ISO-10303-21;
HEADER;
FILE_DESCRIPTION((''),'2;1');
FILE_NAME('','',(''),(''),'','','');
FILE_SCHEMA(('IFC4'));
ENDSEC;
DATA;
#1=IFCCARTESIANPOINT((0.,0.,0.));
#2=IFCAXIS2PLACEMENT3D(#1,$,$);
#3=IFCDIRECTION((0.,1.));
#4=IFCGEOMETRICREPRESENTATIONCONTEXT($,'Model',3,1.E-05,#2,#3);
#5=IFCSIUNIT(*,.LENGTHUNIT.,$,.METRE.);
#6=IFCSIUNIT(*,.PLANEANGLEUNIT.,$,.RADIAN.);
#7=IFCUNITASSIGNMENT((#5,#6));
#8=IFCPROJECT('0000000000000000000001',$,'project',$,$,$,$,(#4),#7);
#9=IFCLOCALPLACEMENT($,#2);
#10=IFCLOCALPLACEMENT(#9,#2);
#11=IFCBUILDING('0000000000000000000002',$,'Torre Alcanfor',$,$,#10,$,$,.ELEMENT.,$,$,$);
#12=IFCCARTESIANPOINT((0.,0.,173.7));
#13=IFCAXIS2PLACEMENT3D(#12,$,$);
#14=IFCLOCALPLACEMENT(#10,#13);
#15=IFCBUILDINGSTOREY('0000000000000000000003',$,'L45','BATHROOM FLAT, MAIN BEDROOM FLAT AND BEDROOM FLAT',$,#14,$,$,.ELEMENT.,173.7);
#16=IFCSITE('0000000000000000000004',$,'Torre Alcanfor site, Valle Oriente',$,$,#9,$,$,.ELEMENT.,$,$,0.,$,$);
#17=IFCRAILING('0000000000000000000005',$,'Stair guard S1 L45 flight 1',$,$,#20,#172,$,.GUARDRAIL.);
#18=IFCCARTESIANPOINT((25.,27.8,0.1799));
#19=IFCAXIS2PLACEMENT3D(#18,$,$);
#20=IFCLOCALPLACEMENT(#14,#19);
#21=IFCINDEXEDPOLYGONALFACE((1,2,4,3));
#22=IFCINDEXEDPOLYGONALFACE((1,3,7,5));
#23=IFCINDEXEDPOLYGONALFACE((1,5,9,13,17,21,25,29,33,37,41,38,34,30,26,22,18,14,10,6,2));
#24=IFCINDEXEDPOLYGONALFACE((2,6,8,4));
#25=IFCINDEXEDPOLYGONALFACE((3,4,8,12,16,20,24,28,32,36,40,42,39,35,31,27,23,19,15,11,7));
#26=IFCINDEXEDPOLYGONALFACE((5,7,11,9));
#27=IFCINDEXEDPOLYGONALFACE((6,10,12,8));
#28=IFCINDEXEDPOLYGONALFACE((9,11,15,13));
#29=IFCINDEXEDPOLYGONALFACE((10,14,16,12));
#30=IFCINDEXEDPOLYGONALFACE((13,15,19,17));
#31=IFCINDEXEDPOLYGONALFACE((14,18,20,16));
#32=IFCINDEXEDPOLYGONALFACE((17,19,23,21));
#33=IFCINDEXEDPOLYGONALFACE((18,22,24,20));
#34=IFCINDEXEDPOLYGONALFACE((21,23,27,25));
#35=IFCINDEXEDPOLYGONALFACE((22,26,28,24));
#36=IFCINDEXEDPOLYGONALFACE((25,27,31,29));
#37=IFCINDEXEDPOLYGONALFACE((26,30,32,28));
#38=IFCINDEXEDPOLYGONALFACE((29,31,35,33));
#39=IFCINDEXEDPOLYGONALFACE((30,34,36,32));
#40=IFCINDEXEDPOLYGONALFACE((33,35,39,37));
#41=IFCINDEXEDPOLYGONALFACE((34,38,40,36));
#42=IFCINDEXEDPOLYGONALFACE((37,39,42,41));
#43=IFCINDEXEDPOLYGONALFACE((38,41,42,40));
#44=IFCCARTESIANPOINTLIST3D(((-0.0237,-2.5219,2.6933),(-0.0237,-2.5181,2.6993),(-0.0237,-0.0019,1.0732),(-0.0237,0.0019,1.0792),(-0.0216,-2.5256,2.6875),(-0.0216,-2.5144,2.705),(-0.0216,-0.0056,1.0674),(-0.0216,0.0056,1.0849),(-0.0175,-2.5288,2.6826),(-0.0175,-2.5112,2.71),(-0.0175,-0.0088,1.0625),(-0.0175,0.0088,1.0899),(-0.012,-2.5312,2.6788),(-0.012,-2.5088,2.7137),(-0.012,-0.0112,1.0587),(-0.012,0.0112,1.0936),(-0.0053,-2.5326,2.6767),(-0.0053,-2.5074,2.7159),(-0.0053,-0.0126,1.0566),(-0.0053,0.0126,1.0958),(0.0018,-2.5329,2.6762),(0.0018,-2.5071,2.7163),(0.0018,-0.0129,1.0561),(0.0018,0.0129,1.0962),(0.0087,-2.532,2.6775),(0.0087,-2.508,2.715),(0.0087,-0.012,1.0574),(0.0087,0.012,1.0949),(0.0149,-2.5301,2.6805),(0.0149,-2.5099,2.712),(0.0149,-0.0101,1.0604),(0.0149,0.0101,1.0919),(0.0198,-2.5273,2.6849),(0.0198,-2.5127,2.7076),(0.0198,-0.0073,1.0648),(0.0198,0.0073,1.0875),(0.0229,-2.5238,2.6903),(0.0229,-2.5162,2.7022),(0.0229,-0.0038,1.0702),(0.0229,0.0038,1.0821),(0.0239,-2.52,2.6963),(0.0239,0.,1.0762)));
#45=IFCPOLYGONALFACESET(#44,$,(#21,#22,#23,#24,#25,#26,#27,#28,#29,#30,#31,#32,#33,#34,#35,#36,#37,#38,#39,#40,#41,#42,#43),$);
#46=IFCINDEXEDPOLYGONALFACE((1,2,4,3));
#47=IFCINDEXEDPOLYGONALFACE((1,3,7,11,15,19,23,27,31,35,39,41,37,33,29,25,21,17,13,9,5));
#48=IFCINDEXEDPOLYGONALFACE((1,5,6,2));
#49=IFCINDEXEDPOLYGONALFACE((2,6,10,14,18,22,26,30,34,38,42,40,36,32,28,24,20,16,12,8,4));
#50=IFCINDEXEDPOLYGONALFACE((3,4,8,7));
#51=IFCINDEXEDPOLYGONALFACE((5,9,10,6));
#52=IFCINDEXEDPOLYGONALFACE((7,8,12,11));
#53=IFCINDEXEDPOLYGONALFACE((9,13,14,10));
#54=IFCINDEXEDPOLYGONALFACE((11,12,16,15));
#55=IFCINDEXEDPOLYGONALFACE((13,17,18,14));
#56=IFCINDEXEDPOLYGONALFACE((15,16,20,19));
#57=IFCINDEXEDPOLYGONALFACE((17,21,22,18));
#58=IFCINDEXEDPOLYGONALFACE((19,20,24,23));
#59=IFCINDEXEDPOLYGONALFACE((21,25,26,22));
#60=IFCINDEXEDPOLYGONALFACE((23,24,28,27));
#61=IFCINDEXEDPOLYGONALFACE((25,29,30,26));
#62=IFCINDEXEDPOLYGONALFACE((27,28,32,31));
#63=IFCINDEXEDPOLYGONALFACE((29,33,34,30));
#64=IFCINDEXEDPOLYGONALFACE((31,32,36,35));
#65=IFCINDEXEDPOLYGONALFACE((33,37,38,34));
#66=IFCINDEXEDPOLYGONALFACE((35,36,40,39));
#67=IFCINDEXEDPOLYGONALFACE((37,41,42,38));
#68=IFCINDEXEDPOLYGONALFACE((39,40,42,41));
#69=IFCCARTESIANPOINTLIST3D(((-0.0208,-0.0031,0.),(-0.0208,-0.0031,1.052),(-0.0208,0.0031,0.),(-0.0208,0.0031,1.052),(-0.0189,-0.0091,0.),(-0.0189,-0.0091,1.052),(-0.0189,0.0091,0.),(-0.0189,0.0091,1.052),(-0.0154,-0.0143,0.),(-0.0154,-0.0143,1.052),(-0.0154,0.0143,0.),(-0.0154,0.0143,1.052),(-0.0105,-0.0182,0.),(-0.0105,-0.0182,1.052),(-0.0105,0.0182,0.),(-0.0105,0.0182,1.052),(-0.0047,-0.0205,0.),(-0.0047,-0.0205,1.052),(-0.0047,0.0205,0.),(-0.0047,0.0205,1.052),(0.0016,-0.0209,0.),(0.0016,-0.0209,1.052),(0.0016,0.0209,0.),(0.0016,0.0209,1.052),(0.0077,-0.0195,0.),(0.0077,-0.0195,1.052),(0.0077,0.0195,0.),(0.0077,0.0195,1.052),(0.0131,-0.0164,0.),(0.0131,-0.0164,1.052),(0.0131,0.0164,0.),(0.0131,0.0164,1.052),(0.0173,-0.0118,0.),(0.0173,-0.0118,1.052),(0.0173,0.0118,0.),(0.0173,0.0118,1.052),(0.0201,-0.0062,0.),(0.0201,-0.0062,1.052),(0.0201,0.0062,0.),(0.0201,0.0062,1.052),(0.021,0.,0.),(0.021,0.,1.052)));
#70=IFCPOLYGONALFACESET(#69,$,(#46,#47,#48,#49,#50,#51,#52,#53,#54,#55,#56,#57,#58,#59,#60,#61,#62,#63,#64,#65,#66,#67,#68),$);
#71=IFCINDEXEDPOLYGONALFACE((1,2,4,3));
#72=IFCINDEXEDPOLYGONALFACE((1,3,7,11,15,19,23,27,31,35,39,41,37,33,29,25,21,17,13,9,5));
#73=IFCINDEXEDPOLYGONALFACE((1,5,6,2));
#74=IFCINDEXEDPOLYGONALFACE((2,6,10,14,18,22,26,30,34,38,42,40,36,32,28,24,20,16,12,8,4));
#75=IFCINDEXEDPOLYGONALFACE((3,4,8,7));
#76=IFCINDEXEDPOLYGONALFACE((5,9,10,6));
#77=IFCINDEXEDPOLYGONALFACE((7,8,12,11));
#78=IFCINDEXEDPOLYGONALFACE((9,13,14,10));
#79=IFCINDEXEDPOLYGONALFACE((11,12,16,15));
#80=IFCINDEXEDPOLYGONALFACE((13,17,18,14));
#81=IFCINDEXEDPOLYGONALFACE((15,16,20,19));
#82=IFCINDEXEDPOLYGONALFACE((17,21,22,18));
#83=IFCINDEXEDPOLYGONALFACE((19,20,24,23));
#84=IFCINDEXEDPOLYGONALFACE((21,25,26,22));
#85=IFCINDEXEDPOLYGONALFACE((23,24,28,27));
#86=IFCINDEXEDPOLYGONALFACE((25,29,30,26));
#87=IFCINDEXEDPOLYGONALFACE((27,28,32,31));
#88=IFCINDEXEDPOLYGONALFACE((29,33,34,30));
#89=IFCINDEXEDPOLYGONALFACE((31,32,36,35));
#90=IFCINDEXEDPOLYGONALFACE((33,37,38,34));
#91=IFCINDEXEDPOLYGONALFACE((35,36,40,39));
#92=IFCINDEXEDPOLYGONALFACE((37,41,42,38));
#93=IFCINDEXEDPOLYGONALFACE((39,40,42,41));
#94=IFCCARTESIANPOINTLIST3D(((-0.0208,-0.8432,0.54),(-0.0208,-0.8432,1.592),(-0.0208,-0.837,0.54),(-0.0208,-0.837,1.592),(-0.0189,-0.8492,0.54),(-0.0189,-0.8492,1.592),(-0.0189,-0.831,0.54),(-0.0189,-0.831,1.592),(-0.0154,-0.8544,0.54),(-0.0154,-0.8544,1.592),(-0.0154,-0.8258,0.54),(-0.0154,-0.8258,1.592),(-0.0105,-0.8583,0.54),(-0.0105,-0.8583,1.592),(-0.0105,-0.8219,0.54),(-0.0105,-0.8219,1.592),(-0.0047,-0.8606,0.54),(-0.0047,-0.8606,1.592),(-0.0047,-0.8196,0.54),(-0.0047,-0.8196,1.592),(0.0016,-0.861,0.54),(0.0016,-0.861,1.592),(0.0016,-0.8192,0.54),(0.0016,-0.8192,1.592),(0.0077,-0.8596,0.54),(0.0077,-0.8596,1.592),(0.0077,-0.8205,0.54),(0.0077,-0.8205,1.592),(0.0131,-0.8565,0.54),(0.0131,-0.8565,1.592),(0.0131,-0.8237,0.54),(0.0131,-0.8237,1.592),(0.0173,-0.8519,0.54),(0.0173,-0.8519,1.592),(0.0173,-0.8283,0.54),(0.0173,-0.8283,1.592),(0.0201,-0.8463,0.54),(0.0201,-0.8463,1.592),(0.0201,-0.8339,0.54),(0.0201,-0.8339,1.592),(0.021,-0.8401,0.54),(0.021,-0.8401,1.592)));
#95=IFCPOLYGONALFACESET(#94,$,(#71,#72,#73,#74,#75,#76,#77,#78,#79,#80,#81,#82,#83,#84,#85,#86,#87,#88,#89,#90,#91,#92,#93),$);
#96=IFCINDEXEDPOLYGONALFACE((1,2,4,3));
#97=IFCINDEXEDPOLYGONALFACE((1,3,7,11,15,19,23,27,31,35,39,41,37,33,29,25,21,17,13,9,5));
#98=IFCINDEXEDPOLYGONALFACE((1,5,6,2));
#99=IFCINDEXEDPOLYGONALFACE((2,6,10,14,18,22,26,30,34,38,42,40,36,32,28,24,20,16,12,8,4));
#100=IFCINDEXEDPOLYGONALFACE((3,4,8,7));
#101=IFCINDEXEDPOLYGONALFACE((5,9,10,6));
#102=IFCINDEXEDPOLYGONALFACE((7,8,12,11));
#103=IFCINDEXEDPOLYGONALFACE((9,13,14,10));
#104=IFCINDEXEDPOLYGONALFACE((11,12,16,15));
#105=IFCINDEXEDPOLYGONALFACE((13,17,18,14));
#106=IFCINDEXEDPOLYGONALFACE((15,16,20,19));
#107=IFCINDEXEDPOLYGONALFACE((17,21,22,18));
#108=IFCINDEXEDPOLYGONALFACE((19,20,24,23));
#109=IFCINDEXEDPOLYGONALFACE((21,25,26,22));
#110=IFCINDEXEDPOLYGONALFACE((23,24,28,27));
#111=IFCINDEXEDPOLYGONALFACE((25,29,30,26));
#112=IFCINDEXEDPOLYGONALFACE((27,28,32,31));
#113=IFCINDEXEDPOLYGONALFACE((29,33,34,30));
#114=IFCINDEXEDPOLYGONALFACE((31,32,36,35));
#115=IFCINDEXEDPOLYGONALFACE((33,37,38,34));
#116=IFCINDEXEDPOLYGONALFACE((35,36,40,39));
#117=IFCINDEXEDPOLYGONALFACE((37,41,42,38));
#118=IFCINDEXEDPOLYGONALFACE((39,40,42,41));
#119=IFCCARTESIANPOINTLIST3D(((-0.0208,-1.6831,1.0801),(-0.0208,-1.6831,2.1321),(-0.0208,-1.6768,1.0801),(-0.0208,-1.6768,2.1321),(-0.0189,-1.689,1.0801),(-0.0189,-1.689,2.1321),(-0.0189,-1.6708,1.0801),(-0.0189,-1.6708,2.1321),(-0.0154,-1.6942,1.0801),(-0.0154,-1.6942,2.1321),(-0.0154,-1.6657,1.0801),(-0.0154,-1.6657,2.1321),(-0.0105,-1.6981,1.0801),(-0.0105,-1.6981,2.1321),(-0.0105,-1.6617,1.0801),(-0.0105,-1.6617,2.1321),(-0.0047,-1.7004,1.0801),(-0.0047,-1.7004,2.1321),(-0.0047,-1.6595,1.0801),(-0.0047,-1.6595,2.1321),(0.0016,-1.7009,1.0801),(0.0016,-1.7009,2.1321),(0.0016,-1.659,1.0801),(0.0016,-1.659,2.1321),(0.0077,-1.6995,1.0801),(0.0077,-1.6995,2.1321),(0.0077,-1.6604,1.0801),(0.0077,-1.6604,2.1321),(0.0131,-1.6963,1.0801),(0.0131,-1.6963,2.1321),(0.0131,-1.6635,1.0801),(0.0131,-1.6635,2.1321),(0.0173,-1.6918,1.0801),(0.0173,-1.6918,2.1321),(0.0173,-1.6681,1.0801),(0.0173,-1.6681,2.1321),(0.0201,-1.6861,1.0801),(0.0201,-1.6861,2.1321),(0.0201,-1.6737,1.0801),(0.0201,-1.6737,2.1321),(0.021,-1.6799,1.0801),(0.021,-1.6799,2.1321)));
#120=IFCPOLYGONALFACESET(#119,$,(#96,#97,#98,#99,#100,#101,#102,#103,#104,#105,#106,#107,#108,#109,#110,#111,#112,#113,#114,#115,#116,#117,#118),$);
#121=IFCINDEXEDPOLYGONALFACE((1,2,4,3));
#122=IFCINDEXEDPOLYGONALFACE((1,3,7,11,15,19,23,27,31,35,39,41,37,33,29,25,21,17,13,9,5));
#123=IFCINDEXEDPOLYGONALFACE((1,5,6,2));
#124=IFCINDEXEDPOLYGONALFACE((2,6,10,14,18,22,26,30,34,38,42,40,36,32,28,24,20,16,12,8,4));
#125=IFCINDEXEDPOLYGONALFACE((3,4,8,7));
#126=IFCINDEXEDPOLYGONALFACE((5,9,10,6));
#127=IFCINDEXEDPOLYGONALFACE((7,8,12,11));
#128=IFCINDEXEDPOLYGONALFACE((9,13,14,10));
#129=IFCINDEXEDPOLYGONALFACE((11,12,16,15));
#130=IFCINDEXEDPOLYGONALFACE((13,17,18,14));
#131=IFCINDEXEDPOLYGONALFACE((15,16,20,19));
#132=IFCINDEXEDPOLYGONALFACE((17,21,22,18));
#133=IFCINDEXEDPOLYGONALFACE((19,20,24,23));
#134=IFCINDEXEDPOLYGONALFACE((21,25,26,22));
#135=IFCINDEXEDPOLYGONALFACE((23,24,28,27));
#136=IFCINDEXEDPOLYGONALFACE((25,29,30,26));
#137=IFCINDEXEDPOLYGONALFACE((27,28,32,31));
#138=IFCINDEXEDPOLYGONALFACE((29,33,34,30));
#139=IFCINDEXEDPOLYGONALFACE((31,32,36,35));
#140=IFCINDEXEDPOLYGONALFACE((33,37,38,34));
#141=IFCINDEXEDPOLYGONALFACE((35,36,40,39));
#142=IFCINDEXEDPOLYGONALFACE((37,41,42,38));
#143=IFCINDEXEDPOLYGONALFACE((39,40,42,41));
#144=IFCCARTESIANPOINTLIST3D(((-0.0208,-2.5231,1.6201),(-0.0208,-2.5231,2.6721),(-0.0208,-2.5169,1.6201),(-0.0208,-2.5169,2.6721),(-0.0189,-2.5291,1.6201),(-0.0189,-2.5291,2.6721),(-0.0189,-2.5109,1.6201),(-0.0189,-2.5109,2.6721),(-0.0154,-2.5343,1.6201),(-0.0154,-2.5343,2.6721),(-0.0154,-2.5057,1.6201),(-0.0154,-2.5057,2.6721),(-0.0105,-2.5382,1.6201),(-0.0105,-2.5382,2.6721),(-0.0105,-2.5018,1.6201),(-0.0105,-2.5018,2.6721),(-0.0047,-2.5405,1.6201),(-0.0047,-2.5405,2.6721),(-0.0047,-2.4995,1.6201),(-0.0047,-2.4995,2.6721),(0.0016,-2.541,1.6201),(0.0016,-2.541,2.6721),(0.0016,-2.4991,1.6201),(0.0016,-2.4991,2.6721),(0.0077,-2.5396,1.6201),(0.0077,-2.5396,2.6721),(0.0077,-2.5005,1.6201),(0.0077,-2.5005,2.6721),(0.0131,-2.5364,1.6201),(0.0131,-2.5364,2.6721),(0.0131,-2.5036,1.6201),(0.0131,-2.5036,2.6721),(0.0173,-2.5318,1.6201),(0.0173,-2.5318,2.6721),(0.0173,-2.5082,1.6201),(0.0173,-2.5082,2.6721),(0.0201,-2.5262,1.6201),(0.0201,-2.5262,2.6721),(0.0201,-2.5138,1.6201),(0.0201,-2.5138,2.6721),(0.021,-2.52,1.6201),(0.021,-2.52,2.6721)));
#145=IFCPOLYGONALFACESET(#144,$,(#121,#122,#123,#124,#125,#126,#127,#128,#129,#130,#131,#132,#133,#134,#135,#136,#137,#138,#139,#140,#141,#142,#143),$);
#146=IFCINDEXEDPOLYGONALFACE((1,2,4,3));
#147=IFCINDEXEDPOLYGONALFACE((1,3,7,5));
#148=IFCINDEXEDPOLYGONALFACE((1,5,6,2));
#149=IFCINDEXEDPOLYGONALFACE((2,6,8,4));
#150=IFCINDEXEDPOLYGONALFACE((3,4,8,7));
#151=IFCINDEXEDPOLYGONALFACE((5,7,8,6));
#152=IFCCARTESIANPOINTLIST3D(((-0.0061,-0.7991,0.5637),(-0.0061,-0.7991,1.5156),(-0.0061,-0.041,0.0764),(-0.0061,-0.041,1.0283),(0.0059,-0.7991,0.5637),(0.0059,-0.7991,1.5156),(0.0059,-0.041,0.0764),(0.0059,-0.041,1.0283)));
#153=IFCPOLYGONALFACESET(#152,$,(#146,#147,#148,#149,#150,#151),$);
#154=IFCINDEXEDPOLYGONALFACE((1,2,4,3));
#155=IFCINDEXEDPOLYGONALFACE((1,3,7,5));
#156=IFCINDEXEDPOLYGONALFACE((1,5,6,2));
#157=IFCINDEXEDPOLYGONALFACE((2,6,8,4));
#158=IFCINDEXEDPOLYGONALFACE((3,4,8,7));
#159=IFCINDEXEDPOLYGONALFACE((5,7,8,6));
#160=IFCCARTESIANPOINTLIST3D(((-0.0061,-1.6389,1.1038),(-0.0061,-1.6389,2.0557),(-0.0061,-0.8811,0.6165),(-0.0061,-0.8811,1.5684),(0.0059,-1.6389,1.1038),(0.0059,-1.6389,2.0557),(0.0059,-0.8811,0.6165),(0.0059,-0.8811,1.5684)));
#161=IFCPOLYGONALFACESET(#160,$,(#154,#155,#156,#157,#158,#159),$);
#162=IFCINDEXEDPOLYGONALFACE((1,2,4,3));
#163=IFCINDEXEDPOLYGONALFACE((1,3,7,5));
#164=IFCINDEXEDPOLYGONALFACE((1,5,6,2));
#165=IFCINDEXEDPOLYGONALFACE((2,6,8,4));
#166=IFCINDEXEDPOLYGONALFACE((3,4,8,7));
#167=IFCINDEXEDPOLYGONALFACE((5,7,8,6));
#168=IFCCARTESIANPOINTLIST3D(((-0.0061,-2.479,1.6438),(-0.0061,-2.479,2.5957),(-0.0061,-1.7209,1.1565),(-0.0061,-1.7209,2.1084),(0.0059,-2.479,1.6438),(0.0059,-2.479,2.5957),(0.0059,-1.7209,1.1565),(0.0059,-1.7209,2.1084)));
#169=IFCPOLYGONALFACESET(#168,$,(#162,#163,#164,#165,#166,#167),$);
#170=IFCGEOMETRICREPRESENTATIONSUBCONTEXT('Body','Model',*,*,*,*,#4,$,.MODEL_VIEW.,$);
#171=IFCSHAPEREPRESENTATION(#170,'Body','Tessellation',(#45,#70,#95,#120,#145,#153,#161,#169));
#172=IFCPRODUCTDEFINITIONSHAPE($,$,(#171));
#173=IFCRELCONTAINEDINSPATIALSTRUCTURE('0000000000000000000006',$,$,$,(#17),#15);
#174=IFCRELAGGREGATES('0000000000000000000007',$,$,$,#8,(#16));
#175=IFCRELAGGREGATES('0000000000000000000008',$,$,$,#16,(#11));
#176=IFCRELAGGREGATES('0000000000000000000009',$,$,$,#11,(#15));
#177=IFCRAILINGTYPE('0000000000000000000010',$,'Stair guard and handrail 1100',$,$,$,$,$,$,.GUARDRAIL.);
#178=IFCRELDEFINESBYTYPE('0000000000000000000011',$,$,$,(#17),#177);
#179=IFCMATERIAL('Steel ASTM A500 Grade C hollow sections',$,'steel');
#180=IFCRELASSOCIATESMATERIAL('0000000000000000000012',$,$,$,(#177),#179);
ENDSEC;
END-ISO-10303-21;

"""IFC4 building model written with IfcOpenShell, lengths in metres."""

from ifc_helpers import new_model, si_unit, direction, frame, origin, origin_2d, place, context, subcontext, project, spatial, polyline, circle, outline, extrude, material, type_object, element, save


model = new_model("IFC4")

# Units and contexts
model_context = context("Model", 3, precision=1e-05, world=origin(), true_north=direction((0.0, 1.0)))
body_context = subcontext(model_context, "Body", "Model", "MODEL_VIEW")
ifc_project = project(units=[si_unit("LENGTHUNIT", "METRE"), si_unit("PLANEANGLEUNIT", "RADIAN")], contexts=[model_context])

# Site, building, storey
site_placement = place(None, origin())
site = spatial("IfcSite", under=ifc_project, at=site_placement, Name="Torre Alcanfor site, Valle Oriente", CompositionType="ELEMENT", RefElevation=0.0)
building_placement = place(site_placement, origin())
building = spatial("IfcBuilding", under=site, at=building_placement, Name="Torre Alcanfor", CompositionType="ELEMENT")
storey_placement = place(building_placement, frame((0.0, 0.0, 173.7)))
storey = spatial("IfcBuildingStorey", under=building, at=storey_placement, Name="L45", Description="BATHROOM FLAT, MAIN BEDROOM FLAT AND BEDROOM FLAT", CompositionType="ELEMENT", Elevation=173.7)

# Railing
ifc_material_1 = material(Name="Steel ASTM A500 Grade C hollow sections", Category="steel")
railing_type_1 = type_object("IfcRailingType", Name="Stair guard and handrail 1100", PredefinedType="GUARDRAIL", material=ifc_material_1)
railing_1_placement = place(storey_placement, frame((25.0, 27.8, 0.1799)))
element("IfcRailing", 1, at=railing_1_placement, inside=storey, type_object=railing_type_1, Name="Stair guard S1 L45 flight 1", PredefinedType="GUARDRAIL", context=body_context, shape_type="SweptSolid", body=[
    extrude(circle(Radius=0.0239, at=origin_2d()), frame((0.0, 0.0, 1.0762), z_axis=(0.0, -0.841163, 0.540782), x_axis=(1.0, 0.0, 0.0)), (0.0, 0.0, 1.0), 2.9958),
    extrude(circle(Radius=0.021, at=origin_2d()), origin(), (0.0, 0.0, 1.0), 1.052),
    extrude(circle(Radius=0.021, at=origin_2d()), frame((0.0, -0.8401, 0.54)), (0.0, 0.0, 1.0), 1.052),
    extrude(circle(Radius=0.021, at=origin_2d()), frame((0.0, -1.6799, 1.0801)), (0.0, 0.0, 1.0), 1.052),
    extrude(circle(Radius=0.021, at=origin_2d()), frame((0.0, -2.52, 1.6201)), (0.0, 0.0, 1.0), 1.052),
    extrude(outline(polyline([(0.041, 0.0764), (0.7991, 0.5637), (0.7991, 1.5156), (0.041, 1.0283), (0.041, 0.0764)])), frame((0.0059, 0.0, 0.0), z_axis=(-1.0, 0.0, 0.0), x_axis=(0.0, -1.0, 0.0)), (0.0, 0.0, 1.0), 0.012),
    extrude(outline(polyline([(0.8811, 0.6165), (1.6389, 1.1038), (1.6389, 2.0557), (0.8811, 1.5684), (0.8811, 0.6165)])), frame((0.0059, 0.0, 0.0), z_axis=(-1.0, 0.0, 0.0), x_axis=(0.0, -1.0, 0.0)), (0.0, 0.0, 1.0), 0.012),
    extrude(outline(polyline([(1.7209, 1.1565), (2.479, 1.6438), (2.479, 2.5957), (1.7209, 2.1084), (1.7209, 1.1565)])), frame((0.0059, 0.0, 0.0), z_axis=(-1.0, 0.0, 0.0), x_axis=(0.0, -1.0, 0.0)), (0.0, 0.0, 1.0), 0.012),
])

save(model, "model.ifc")
